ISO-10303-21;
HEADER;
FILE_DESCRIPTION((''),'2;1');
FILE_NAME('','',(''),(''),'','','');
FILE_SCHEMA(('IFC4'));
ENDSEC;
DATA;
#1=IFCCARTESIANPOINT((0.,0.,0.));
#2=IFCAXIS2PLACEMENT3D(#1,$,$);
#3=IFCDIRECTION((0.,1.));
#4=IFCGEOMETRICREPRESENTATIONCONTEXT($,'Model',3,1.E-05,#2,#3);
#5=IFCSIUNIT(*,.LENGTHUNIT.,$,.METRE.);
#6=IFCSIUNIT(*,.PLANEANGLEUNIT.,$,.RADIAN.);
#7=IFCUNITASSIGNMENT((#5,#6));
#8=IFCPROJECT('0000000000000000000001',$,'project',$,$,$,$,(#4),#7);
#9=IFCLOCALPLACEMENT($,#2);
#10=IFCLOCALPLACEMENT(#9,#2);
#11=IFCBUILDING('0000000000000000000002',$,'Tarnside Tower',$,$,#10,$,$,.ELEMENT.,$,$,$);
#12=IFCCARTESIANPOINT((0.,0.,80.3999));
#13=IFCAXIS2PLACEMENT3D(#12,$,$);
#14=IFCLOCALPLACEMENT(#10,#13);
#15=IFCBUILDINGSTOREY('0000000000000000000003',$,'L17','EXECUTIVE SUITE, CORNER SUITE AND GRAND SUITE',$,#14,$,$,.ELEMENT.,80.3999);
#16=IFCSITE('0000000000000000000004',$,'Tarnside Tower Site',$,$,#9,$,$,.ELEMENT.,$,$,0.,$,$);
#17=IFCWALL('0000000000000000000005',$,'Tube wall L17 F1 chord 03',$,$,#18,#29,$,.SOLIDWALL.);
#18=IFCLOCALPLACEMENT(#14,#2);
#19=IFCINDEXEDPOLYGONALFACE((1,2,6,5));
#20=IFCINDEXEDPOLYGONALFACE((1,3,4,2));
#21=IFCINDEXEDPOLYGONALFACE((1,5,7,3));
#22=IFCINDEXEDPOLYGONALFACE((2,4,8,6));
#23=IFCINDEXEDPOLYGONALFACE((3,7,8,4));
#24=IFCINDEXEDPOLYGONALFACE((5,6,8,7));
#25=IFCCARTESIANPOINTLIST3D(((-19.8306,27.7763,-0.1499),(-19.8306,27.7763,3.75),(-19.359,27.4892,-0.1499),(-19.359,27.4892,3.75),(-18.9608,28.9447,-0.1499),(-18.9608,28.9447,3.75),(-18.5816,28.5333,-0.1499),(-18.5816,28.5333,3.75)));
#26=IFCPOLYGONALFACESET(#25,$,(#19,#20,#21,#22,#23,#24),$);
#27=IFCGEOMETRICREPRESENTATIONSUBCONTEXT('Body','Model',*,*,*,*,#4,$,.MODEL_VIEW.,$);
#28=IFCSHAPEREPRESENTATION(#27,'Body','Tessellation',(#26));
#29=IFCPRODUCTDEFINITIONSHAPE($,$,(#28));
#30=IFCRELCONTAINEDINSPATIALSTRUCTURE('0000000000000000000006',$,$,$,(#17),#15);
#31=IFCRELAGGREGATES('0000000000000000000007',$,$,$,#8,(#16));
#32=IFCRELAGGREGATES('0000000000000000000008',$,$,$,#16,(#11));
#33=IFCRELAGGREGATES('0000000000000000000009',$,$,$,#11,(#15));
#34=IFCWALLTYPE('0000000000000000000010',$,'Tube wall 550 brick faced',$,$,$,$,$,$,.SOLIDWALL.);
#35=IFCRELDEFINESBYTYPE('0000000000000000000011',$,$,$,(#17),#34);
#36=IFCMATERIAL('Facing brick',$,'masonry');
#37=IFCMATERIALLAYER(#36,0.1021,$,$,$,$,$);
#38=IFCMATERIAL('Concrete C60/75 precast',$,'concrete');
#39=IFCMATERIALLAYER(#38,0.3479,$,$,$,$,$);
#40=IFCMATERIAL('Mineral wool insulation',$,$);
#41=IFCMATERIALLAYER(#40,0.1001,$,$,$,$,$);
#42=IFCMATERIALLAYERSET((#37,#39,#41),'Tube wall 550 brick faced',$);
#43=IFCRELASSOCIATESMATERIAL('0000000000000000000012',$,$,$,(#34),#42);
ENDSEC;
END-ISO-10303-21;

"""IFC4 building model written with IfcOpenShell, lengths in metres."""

from ifc_helpers import new_model, si_unit, direction, frame, origin, place, context, subcontext, project, spatial, polyline, outline, extrude, material, layer, layer_set, type_object, element, save


model = new_model("IFC4")

# Units and contexts
model_context = context("Model", 3, precision=1e-05, world=origin(), true_north=direction((0.0, 1.0)))
body_context = subcontext(model_context, "Body", "Model", "MODEL_VIEW")
ifc_project = project(units=[si_unit("LENGTHUNIT", "METRE"), si_unit("PLANEANGLEUNIT", "RADIAN")], contexts=[model_context])

# Site, building, storey
site_placement = place(None, origin())
site = spatial("IfcSite", under=ifc_project, at=site_placement, Name="Tarnside Tower Site", CompositionType="ELEMENT", RefElevation=0.0)
building_placement = place(site_placement, origin())
building = spatial("IfcBuilding", under=site, at=building_placement, Name="Tarnside Tower", CompositionType="ELEMENT")
storey_placement = place(building_placement, frame((0.0, 0.0, 80.3999)))
storey = spatial("IfcBuildingStorey", under=building, at=storey_placement, Name="L17", Description="EXECUTIVE SUITE, CORNER SUITE AND GRAND SUITE", CompositionType="ELEMENT", Elevation=80.3999)

# Wall
ifc_material_1 = material(Name="Facing brick", Category="masonry")
ifc_layer_1 = layer(ifc_material_1, 0.1021)
ifc_material_2 = material(Name="Concrete C60/75 precast", Category="concrete")
ifc_layer_2 = layer(ifc_material_2, 0.3479)
ifc_material_3 = material(Name="Mineral wool insulation")
ifc_layer_3 = layer(ifc_material_3, 0.1001)
ifc_layer_set_1 = layer_set([ifc_layer_1, ifc_layer_2, ifc_layer_3], Name="Tube wall 550 brick faced")
wall_type_1 = type_object("IfcWallType", Name="Tube wall 550 brick faced", PredefinedType="SOLIDWALL", material=ifc_layer_set_1)
wall_1_placement = place(storey_placement, frame((-18.7712, 28.739, -0.1499), z_axis=(0.0, 0.0, 1.0), x_axis=(-0.597135, -0.802141, 0.0)))
element("IfcWall", 1, at=wall_1_placement, inside=storey, type_object=wall_type_1, Name="Tube wall L17 F1 chord 03", PredefinedType="SOLIDWALL", context=body_context, shape_type="SweptSolid", body=[
    extrude(outline(polyline([(-0.0518, -0.2749), (1.4048, -0.2749), (1.3535, 0.2749), (0.0518, 0.2749), (-0.0518, -0.2749)])), origin(), (0.0, 0.0, 1.0), 3.8999),
])

save(model, "model.ifc")
